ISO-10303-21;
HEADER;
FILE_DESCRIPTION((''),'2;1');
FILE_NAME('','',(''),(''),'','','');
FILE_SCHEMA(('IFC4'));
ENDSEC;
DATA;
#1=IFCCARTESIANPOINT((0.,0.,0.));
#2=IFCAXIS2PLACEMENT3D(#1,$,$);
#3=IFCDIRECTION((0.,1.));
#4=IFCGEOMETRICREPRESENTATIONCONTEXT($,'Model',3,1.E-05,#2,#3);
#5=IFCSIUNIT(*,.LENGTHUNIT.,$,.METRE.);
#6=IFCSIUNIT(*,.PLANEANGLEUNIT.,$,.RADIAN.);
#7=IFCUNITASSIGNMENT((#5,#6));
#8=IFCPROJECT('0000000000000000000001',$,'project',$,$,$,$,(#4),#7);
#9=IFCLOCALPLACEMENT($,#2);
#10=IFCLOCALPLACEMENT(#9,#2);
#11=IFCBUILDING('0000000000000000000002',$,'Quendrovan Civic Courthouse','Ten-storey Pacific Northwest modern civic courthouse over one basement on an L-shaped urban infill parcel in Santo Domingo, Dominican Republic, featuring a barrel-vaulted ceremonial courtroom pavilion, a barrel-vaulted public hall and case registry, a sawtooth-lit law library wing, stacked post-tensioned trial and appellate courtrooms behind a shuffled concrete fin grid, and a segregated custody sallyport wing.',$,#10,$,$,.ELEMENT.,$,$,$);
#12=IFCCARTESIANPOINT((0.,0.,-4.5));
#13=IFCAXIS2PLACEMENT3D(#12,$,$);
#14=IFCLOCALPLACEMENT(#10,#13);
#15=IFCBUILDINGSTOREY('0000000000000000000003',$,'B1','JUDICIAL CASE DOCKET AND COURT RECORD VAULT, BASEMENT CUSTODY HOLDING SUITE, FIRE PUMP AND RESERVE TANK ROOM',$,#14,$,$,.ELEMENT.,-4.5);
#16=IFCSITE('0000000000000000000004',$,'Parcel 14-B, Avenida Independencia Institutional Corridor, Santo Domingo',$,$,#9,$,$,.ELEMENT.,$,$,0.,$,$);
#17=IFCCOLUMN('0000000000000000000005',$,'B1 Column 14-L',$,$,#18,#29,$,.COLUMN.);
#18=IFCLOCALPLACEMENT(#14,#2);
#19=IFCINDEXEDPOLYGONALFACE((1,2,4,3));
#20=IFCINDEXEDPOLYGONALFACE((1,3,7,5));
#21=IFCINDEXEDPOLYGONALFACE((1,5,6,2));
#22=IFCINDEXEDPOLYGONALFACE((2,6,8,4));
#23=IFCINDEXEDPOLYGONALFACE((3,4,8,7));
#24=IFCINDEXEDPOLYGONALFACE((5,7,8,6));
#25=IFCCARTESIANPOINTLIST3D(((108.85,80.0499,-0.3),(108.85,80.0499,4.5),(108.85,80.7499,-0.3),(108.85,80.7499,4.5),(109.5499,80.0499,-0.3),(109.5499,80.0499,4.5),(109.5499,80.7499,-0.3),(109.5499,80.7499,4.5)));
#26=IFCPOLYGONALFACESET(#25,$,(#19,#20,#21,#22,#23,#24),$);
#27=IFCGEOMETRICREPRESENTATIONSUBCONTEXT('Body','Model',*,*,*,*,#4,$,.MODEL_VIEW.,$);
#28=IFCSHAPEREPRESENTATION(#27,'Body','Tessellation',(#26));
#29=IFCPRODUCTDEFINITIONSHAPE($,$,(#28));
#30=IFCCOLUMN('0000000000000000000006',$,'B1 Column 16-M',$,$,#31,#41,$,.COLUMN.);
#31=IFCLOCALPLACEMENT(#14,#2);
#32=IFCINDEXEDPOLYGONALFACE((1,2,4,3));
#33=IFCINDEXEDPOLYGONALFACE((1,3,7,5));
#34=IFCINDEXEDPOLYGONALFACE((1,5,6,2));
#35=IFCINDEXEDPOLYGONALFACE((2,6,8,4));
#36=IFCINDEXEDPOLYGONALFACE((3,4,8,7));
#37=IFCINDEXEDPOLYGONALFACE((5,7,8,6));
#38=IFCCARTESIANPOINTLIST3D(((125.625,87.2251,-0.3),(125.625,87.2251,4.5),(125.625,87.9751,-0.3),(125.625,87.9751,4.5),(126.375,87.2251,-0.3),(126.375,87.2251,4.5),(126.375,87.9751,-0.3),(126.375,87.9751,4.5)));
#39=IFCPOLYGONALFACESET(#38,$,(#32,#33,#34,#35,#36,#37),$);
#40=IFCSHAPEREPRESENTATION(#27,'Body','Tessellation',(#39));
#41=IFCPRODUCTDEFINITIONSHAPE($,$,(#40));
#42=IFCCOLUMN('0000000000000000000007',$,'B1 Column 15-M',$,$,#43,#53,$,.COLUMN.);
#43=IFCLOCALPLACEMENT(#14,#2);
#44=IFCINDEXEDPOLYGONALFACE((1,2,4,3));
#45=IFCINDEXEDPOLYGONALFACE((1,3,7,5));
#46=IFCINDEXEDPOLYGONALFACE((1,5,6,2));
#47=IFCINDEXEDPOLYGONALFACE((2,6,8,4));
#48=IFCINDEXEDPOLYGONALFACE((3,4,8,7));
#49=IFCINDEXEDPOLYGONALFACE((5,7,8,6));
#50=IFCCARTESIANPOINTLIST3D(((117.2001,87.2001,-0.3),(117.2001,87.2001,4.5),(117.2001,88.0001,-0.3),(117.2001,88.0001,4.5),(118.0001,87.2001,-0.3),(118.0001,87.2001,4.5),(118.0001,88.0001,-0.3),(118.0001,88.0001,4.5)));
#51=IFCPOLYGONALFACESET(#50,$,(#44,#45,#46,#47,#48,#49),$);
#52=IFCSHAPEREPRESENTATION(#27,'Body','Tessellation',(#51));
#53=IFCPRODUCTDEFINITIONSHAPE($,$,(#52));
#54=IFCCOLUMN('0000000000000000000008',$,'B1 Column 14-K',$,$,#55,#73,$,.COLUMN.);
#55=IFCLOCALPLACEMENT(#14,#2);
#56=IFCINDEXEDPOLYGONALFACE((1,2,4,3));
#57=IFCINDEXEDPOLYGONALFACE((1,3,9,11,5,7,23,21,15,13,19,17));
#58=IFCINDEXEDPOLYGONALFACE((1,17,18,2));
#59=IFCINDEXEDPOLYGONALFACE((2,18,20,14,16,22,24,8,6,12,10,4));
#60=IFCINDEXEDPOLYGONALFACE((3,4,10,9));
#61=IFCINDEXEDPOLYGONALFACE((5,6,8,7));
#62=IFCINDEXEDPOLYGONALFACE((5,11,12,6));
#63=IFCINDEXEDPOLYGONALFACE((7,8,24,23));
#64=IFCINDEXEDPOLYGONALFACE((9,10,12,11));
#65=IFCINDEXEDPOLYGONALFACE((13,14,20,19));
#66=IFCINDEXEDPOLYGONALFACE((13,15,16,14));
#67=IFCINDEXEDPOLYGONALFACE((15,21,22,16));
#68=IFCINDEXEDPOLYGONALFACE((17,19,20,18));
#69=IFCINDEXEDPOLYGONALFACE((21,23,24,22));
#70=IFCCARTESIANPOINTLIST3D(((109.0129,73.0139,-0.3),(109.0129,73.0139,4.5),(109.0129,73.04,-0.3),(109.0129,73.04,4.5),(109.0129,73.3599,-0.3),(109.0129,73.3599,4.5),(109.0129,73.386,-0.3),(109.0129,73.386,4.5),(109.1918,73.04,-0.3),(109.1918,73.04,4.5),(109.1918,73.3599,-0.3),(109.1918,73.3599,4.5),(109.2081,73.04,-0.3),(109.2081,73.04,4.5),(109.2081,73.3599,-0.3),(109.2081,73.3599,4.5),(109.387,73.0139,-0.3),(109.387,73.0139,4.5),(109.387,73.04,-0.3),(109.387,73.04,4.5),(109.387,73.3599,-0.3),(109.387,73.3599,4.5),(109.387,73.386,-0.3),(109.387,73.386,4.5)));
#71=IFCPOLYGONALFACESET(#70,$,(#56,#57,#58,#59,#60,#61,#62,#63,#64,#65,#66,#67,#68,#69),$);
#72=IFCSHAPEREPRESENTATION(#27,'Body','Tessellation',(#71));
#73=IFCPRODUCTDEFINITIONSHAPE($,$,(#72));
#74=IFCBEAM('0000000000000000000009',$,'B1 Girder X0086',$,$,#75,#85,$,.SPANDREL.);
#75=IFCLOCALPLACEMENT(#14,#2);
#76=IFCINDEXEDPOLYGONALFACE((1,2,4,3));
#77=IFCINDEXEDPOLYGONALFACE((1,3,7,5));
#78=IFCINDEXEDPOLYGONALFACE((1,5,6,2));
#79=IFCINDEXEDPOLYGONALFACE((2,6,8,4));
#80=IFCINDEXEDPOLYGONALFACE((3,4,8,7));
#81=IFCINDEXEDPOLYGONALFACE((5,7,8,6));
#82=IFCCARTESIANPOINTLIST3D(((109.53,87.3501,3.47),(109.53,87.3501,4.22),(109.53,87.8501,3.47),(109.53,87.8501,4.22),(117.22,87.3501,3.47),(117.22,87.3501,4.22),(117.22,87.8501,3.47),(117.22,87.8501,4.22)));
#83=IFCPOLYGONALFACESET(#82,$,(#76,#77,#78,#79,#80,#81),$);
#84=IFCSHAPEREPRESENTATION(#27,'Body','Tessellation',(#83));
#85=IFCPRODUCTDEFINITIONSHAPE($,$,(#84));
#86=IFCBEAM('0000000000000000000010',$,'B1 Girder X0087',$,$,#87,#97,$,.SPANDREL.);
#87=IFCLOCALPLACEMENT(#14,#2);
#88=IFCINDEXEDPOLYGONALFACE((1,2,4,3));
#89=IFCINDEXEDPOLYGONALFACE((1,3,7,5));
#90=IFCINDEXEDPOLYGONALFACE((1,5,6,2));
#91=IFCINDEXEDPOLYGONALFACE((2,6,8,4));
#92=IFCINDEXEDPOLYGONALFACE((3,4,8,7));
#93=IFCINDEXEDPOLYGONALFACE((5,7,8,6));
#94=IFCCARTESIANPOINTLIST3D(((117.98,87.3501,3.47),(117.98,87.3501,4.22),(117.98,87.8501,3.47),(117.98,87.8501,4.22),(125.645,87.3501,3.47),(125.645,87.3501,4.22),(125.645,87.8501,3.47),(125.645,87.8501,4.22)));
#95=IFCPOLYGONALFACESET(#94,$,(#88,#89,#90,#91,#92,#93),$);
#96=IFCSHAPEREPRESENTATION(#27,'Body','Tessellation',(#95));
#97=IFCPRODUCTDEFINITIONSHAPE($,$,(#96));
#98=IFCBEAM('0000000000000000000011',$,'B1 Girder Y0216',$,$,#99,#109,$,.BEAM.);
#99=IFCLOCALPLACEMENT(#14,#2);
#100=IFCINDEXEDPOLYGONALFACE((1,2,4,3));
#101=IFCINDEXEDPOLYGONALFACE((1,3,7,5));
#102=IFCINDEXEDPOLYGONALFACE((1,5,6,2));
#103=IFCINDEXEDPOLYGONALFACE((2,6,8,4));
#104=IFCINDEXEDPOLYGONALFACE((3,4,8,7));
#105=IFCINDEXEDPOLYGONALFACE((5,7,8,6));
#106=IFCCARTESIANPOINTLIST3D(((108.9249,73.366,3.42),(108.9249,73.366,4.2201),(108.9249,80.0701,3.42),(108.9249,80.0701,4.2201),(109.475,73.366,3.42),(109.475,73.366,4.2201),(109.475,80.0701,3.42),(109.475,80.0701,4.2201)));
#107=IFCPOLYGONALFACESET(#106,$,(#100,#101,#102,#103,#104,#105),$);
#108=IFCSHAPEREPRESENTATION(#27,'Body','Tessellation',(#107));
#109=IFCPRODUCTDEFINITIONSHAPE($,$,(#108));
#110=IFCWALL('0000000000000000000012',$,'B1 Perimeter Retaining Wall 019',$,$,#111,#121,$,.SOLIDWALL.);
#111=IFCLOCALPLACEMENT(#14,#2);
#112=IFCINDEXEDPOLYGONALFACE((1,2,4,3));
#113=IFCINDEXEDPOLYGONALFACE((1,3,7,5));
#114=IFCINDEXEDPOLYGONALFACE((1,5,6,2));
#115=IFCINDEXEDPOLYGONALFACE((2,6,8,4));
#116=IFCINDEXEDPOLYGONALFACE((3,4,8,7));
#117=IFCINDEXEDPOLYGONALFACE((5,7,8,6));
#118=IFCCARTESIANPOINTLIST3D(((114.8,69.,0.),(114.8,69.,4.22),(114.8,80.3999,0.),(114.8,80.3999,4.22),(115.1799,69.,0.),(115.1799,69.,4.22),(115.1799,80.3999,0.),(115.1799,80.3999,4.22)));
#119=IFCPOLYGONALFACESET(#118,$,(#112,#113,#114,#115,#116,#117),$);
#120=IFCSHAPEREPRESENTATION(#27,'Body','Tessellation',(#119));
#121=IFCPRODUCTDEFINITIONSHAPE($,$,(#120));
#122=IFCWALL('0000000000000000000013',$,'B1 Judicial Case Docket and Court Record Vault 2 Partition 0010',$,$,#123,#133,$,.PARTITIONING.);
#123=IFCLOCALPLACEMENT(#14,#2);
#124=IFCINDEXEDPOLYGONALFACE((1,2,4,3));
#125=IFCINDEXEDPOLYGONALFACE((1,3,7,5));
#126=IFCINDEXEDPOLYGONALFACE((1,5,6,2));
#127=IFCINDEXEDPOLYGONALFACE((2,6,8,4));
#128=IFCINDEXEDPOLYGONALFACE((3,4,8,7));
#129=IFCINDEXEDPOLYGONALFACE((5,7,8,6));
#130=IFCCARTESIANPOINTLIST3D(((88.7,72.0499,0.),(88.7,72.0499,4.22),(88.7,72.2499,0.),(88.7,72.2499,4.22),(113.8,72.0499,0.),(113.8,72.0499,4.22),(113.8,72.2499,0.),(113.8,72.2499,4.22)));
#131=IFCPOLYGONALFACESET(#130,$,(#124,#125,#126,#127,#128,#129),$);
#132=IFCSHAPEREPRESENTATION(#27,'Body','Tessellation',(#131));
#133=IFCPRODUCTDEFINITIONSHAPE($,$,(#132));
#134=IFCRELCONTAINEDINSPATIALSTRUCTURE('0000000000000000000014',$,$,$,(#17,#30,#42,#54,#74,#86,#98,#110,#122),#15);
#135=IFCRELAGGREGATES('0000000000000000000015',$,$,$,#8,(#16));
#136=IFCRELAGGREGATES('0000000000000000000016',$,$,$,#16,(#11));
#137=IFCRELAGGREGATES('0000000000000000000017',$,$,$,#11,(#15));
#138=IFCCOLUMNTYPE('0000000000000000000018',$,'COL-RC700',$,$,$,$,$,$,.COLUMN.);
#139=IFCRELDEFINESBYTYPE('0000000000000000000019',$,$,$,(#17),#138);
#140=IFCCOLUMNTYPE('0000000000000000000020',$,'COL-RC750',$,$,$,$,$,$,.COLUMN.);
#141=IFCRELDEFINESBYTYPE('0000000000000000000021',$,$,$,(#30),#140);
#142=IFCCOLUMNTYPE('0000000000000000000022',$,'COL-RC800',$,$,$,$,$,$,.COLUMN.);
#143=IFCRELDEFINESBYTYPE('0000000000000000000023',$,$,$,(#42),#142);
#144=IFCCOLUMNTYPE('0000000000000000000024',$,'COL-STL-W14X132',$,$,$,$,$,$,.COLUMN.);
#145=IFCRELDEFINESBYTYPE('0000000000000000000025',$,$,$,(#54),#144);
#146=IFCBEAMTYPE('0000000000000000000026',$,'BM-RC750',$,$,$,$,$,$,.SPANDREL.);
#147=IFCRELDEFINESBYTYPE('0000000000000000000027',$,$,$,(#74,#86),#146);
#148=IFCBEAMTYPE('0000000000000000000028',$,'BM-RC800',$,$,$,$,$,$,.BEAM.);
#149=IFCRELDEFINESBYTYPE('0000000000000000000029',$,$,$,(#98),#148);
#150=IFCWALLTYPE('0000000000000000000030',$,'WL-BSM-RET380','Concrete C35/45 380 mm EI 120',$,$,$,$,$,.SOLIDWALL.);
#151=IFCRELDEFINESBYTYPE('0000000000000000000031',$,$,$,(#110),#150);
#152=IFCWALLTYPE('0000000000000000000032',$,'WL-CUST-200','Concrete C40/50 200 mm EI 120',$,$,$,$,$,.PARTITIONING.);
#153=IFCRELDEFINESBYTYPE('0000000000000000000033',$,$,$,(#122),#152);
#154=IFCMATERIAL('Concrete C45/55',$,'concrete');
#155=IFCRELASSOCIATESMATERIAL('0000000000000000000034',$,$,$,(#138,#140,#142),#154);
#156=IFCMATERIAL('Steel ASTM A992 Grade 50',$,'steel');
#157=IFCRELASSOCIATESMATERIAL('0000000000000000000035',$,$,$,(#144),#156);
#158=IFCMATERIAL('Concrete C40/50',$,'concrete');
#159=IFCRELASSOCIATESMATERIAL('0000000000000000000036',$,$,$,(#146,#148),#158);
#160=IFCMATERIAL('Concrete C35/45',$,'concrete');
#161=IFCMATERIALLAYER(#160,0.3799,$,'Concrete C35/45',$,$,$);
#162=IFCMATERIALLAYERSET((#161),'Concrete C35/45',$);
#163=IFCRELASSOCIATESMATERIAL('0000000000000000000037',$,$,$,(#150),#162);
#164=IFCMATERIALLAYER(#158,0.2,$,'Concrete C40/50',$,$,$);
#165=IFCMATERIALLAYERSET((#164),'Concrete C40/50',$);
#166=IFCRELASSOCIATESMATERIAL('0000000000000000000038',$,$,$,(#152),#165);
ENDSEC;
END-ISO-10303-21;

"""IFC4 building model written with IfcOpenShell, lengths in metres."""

from ifc_helpers import new_model, si_unit, direction, frame, frame_2d, origin, origin_2d, place, context, subcontext, project, spatial, rectangle, i_section, extrude, material, layer, layer_set, material_profile, profile_set, type_object, element, save


model = new_model("IFC4")

# Units and contexts
model_context = context("Model", 3, precision=1e-05, world=origin(), true_north=direction((0.0, 1.0)))
body_context = subcontext(model_context, "Body", "Model", "MODEL_VIEW")
ifc_project = project(units=[si_unit("LENGTHUNIT", "METRE"), si_unit("PLANEANGLEUNIT", "RADIAN")], contexts=[model_context])

# Site, building, storey
site_placement = place(None, origin())
site = spatial("IfcSite", under=ifc_project, at=site_placement, Name="Parcel 14-B, Avenida Independencia Institutional Corridor, Santo Domingo", CompositionType="ELEMENT", RefElevation=0.0)
building_placement = place(site_placement, origin())
building = spatial("IfcBuilding", under=site, at=building_placement, Name="Quendrovan Civic Courthouse", Description="Ten-storey Pacific Northwest modern civic courthouse over one basement on an L-shaped urban infill parcel in Santo Domingo, Dominican Republic, featuring a barrel-vaulted ceremonial courtroom pavilion, a barrel-vaulted public hall and case registry, a sawtooth-lit law library wing, stacked post-tensioned trial and appellate courtrooms behind a shuffled concrete fin grid, and a segregated custody sallyport wing.", CompositionType="ELEMENT")
storey_placement = place(building_placement, frame((0.0, 0.0, -4.5)))
storey = spatial("IfcBuildingStorey", under=building, at=storey_placement, Name="B1", Description="JUDICIAL CASE DOCKET AND COURT RECORD VAULT, BASEMENT CUSTODY HOLDING SUITE, FIRE PUMP AND RESERVE TANK ROOM", CompositionType="ELEMENT", Elevation=-4.5)

# Shared definitions
ifc_material_1 = material(Name="Concrete C35/45", Category="concrete")

# Columns
ifc_material_2 = material(Name="Concrete C40/50", Category="concrete")
ifc_material_3 = material(Name="Concrete C45/55", Category="concrete")
ifc_material_profile_1 = material_profile(ifc_material_3, rectangle(XDim=0.7, YDim=0.7, at=origin_2d()), Name="RC-COL-700x700")
ifc_profile_set_1 = profile_set([ifc_material_profile_1], Name="Concrete C45/55")
column_type_1 = type_object("IfcColumnType", Name="COL-RC700", PredefinedType="COLUMN", material=ifc_profile_set_1)
column_1_placement = place(storey_placement, frame((109.2, 80.3999, -0.3), z_axis=(0.0, 0.0, 1.0), x_axis=(1.0, 0.0, 0.0)))
element("IfcColumn", 1, at=column_1_placement, inside=storey, type_object=column_type_1, Name="B1 Column 14-L", PredefinedType="COLUMN", context=body_context, shape_type="SweptSolid", body=[
    extrude(rectangle(XDim=0.7, YDim=0.7, at=origin_2d()), origin(), (0.0, 0.0, 1.0), 4.8),
])
ifc_material_profile_2 = material_profile(ifc_material_3, rectangle(XDim=0.75, YDim=0.75, at=origin_2d()), Name="RC-COL-750x750")
ifc_profile_set_2 = profile_set([ifc_material_profile_2], Name="Concrete C45/55")
column_type_2 = type_object("IfcColumnType", Name="COL-RC750", PredefinedType="COLUMN", material=ifc_profile_set_2)
column_2_placement = place(storey_placement, frame((126.0, 87.6001, -0.3), z_axis=(0.0, 0.0, 1.0), x_axis=(1.0, 0.0, 0.0)))
element("IfcColumn", 2, at=column_2_placement, inside=storey, type_object=column_type_2, Name="B1 Column 16-M", PredefinedType="COLUMN", context=body_context, shape_type="SweptSolid", body=[
    extrude(rectangle(XDim=0.75, YDim=0.75, at=origin_2d()), origin(), (0.0, 0.0, 1.0), 4.8),
])
ifc_material_profile_3 = material_profile(ifc_material_3, rectangle(XDim=0.8, YDim=0.8, at=origin_2d()), Name="RC-COL-800x800")
ifc_profile_set_3 = profile_set([ifc_material_profile_3], Name="Concrete C45/55")
column_type_3 = type_object("IfcColumnType", Name="COL-RC800", PredefinedType="COLUMN", material=ifc_profile_set_3)
column_3_placement = place(storey_placement, frame((117.6001, 87.6001, -0.3), z_axis=(0.0, 0.0, 1.0), x_axis=(1.0, 0.0, 0.0)))
element("IfcColumn", 3, at=column_3_placement, inside=storey, type_object=column_type_3, Name="B1 Column 15-M", PredefinedType="COLUMN", context=body_context, shape_type="SweptSolid", body=[
    extrude(rectangle(XDim=0.8, YDim=0.8, at=origin_2d()), origin(), (0.0, 0.0, 1.0), 4.8),
])
ifc_material_4 = material(Name="Steel ASTM A992 Grade 50", Category="steel")
ifc_material_profile_4 = material_profile(ifc_material_4, i_section(OverallWidth=0.374, OverallDepth=0.3721, WebThickness=0.0164, FlangeThickness=0.0261, at=origin_2d()), Name="W14X132")
ifc_profile_set_4 = profile_set([ifc_material_profile_4], Name="Steel ASTM A992 Grade 50")
column_type_4 = type_object("IfcColumnType", Name="COL-STL-W14X132", PredefinedType="COLUMN", material=ifc_profile_set_4)
column_4_placement = place(storey_placement, frame((109.2, 73.2, -0.3), z_axis=(0.0, 0.0, 1.0), x_axis=(1.0, 0.0, 0.0)))
element("IfcColumn", 4, at=column_4_placement, inside=storey, type_object=column_type_4, Name="B1 Column 14-K", PredefinedType="COLUMN", context=body_context, shape_type="SweptSolid", body=[
    extrude(i_section(OverallWidth=0.374, OverallDepth=0.3721, WebThickness=0.0164, FlangeThickness=0.0261, at=origin_2d()), origin(), (0.0, 0.0, 1.0), 4.8),
])

# Beams
ifc_material_profile_5 = material_profile(ifc_material_2, rectangle(XDim=0.5, YDim=0.75, at=origin_2d()), Name="RC-BM-500x750")
ifc_profile_set_5 = profile_set([ifc_material_profile_5], Name="Concrete C40/50")
beam_type_1 = type_object("IfcBeamType", Name="BM-RC750", PredefinedType="SPANDREL", material=ifc_profile_set_5)
beam_1_placement = place(storey_placement, frame((109.53, 87.6001, 3.845), z_axis=(1.0, 0.0, 0.0), x_axis=(0.0, 1.0, 0.0)))
element("IfcBeam", 5, at=beam_1_placement, inside=storey, type_object=beam_type_1, Name="B1 Girder X0086", PredefinedType="SPANDREL", context=body_context, shape_type="SweptSolid", body=[
    extrude(rectangle(XDim=0.5, YDim=0.75, at=origin_2d()), origin(), (0.0, 0.0, 1.0), 7.6899),
])
beam_2_placement = place(storey_placement, frame((117.98, 87.6001, 3.845), z_axis=(1.0, 0.0, 0.0), x_axis=(0.0, 1.0, 0.0)))
element("IfcBeam", 6, at=beam_2_placement, inside=storey, type_object=beam_type_1, Name="B1 Girder X0087", PredefinedType="SPANDREL", context=body_context, shape_type="SweptSolid", body=[
    extrude(rectangle(XDim=0.5, YDim=0.75, at=origin_2d()), origin(), (0.0, 0.0, 1.0), 7.665),
])
ifc_material_profile_6 = material_profile(ifc_material_2, rectangle(XDim=0.55, YDim=0.8, at=origin_2d()), Name="RC-BM-550x800")
ifc_profile_set_6 = profile_set([ifc_material_profile_6], Name="Concrete C40/50")
beam_type_2 = type_object("IfcBeamType", Name="BM-RC800", PredefinedType="BEAM", material=ifc_profile_set_6)
beam_3_placement = place(storey_placement, frame((109.2, 73.366, 3.8201), z_axis=(0.0, 1.0, 0.0), x_axis=(-1.0, 0.0, 0.0)))
element("IfcBeam", 7, at=beam_3_placement, inside=storey, type_object=beam_type_2, Name="B1 Girder Y0216", PredefinedType="BEAM", context=body_context, shape_type="SweptSolid", body=[
    extrude(rectangle(XDim=0.55, YDim=0.8, at=origin_2d()), origin(), (0.0, 0.0, 1.0), 6.7041),
])

# Walls
ifc_layer_1 = layer(ifc_material_1, 0.3799, Name="Concrete C35/45")
ifc_layer_set_1 = layer_set([ifc_layer_1], Name="Concrete C35/45")
wall_type_1 = type_object("IfcWallType", Name="WL-BSM-RET380", Description="Concrete C35/45 380 mm EI 120", PredefinedType="SOLIDWALL", material=ifc_layer_set_1)
wall_1_placement = place(storey_placement, frame((114.99, 80.3999, 0.0), z_axis=(0.0, 0.0, 1.0), x_axis=(0.0, -1.0, 0.0)))
element("IfcWall", 8, at=wall_1_placement, inside=storey, type_object=wall_type_1, Name="B1 Perimeter Retaining Wall 019", PredefinedType="SOLIDWALL", context=body_context, shape_type="SweptSolid", body=[
    extrude(rectangle(XDim=11.3999, YDim=0.3799, at=frame_2d((5.7, 0.0))), origin(), (0.0, 0.0, 1.0), 4.22),
])
ifc_layer_2 = layer(ifc_material_2, 0.2, Name="Concrete C40/50")
ifc_layer_set_2 = layer_set([ifc_layer_2], Name="Concrete C40/50")
wall_type_2 = type_object("IfcWallType", Name="WL-CUST-200", Description="Concrete C40/50 200 mm EI 120", PredefinedType="PARTITIONING", material=ifc_layer_set_2)
wall_2_placement = place(storey_placement, frame((113.8, 72.1499, 0.0), z_axis=(0.0, 0.0, 1.0), x_axis=(-1.0, 0.0, 0.0)))
element("IfcWall", 9, at=wall_2_placement, inside=storey, type_object=wall_type_2, Name="B1 Judicial Case Docket and Court Record Vault 2 Partition 0010", PredefinedType="PARTITIONING", context=body_context, shape_type="SweptSolid", body=[
    extrude(rectangle(XDim=25.1001, YDim=0.2, at=frame_2d((12.55, 0.0))), origin(), (0.0, 0.0, 1.0), 4.22),
])

save(model, "model.ifc")
